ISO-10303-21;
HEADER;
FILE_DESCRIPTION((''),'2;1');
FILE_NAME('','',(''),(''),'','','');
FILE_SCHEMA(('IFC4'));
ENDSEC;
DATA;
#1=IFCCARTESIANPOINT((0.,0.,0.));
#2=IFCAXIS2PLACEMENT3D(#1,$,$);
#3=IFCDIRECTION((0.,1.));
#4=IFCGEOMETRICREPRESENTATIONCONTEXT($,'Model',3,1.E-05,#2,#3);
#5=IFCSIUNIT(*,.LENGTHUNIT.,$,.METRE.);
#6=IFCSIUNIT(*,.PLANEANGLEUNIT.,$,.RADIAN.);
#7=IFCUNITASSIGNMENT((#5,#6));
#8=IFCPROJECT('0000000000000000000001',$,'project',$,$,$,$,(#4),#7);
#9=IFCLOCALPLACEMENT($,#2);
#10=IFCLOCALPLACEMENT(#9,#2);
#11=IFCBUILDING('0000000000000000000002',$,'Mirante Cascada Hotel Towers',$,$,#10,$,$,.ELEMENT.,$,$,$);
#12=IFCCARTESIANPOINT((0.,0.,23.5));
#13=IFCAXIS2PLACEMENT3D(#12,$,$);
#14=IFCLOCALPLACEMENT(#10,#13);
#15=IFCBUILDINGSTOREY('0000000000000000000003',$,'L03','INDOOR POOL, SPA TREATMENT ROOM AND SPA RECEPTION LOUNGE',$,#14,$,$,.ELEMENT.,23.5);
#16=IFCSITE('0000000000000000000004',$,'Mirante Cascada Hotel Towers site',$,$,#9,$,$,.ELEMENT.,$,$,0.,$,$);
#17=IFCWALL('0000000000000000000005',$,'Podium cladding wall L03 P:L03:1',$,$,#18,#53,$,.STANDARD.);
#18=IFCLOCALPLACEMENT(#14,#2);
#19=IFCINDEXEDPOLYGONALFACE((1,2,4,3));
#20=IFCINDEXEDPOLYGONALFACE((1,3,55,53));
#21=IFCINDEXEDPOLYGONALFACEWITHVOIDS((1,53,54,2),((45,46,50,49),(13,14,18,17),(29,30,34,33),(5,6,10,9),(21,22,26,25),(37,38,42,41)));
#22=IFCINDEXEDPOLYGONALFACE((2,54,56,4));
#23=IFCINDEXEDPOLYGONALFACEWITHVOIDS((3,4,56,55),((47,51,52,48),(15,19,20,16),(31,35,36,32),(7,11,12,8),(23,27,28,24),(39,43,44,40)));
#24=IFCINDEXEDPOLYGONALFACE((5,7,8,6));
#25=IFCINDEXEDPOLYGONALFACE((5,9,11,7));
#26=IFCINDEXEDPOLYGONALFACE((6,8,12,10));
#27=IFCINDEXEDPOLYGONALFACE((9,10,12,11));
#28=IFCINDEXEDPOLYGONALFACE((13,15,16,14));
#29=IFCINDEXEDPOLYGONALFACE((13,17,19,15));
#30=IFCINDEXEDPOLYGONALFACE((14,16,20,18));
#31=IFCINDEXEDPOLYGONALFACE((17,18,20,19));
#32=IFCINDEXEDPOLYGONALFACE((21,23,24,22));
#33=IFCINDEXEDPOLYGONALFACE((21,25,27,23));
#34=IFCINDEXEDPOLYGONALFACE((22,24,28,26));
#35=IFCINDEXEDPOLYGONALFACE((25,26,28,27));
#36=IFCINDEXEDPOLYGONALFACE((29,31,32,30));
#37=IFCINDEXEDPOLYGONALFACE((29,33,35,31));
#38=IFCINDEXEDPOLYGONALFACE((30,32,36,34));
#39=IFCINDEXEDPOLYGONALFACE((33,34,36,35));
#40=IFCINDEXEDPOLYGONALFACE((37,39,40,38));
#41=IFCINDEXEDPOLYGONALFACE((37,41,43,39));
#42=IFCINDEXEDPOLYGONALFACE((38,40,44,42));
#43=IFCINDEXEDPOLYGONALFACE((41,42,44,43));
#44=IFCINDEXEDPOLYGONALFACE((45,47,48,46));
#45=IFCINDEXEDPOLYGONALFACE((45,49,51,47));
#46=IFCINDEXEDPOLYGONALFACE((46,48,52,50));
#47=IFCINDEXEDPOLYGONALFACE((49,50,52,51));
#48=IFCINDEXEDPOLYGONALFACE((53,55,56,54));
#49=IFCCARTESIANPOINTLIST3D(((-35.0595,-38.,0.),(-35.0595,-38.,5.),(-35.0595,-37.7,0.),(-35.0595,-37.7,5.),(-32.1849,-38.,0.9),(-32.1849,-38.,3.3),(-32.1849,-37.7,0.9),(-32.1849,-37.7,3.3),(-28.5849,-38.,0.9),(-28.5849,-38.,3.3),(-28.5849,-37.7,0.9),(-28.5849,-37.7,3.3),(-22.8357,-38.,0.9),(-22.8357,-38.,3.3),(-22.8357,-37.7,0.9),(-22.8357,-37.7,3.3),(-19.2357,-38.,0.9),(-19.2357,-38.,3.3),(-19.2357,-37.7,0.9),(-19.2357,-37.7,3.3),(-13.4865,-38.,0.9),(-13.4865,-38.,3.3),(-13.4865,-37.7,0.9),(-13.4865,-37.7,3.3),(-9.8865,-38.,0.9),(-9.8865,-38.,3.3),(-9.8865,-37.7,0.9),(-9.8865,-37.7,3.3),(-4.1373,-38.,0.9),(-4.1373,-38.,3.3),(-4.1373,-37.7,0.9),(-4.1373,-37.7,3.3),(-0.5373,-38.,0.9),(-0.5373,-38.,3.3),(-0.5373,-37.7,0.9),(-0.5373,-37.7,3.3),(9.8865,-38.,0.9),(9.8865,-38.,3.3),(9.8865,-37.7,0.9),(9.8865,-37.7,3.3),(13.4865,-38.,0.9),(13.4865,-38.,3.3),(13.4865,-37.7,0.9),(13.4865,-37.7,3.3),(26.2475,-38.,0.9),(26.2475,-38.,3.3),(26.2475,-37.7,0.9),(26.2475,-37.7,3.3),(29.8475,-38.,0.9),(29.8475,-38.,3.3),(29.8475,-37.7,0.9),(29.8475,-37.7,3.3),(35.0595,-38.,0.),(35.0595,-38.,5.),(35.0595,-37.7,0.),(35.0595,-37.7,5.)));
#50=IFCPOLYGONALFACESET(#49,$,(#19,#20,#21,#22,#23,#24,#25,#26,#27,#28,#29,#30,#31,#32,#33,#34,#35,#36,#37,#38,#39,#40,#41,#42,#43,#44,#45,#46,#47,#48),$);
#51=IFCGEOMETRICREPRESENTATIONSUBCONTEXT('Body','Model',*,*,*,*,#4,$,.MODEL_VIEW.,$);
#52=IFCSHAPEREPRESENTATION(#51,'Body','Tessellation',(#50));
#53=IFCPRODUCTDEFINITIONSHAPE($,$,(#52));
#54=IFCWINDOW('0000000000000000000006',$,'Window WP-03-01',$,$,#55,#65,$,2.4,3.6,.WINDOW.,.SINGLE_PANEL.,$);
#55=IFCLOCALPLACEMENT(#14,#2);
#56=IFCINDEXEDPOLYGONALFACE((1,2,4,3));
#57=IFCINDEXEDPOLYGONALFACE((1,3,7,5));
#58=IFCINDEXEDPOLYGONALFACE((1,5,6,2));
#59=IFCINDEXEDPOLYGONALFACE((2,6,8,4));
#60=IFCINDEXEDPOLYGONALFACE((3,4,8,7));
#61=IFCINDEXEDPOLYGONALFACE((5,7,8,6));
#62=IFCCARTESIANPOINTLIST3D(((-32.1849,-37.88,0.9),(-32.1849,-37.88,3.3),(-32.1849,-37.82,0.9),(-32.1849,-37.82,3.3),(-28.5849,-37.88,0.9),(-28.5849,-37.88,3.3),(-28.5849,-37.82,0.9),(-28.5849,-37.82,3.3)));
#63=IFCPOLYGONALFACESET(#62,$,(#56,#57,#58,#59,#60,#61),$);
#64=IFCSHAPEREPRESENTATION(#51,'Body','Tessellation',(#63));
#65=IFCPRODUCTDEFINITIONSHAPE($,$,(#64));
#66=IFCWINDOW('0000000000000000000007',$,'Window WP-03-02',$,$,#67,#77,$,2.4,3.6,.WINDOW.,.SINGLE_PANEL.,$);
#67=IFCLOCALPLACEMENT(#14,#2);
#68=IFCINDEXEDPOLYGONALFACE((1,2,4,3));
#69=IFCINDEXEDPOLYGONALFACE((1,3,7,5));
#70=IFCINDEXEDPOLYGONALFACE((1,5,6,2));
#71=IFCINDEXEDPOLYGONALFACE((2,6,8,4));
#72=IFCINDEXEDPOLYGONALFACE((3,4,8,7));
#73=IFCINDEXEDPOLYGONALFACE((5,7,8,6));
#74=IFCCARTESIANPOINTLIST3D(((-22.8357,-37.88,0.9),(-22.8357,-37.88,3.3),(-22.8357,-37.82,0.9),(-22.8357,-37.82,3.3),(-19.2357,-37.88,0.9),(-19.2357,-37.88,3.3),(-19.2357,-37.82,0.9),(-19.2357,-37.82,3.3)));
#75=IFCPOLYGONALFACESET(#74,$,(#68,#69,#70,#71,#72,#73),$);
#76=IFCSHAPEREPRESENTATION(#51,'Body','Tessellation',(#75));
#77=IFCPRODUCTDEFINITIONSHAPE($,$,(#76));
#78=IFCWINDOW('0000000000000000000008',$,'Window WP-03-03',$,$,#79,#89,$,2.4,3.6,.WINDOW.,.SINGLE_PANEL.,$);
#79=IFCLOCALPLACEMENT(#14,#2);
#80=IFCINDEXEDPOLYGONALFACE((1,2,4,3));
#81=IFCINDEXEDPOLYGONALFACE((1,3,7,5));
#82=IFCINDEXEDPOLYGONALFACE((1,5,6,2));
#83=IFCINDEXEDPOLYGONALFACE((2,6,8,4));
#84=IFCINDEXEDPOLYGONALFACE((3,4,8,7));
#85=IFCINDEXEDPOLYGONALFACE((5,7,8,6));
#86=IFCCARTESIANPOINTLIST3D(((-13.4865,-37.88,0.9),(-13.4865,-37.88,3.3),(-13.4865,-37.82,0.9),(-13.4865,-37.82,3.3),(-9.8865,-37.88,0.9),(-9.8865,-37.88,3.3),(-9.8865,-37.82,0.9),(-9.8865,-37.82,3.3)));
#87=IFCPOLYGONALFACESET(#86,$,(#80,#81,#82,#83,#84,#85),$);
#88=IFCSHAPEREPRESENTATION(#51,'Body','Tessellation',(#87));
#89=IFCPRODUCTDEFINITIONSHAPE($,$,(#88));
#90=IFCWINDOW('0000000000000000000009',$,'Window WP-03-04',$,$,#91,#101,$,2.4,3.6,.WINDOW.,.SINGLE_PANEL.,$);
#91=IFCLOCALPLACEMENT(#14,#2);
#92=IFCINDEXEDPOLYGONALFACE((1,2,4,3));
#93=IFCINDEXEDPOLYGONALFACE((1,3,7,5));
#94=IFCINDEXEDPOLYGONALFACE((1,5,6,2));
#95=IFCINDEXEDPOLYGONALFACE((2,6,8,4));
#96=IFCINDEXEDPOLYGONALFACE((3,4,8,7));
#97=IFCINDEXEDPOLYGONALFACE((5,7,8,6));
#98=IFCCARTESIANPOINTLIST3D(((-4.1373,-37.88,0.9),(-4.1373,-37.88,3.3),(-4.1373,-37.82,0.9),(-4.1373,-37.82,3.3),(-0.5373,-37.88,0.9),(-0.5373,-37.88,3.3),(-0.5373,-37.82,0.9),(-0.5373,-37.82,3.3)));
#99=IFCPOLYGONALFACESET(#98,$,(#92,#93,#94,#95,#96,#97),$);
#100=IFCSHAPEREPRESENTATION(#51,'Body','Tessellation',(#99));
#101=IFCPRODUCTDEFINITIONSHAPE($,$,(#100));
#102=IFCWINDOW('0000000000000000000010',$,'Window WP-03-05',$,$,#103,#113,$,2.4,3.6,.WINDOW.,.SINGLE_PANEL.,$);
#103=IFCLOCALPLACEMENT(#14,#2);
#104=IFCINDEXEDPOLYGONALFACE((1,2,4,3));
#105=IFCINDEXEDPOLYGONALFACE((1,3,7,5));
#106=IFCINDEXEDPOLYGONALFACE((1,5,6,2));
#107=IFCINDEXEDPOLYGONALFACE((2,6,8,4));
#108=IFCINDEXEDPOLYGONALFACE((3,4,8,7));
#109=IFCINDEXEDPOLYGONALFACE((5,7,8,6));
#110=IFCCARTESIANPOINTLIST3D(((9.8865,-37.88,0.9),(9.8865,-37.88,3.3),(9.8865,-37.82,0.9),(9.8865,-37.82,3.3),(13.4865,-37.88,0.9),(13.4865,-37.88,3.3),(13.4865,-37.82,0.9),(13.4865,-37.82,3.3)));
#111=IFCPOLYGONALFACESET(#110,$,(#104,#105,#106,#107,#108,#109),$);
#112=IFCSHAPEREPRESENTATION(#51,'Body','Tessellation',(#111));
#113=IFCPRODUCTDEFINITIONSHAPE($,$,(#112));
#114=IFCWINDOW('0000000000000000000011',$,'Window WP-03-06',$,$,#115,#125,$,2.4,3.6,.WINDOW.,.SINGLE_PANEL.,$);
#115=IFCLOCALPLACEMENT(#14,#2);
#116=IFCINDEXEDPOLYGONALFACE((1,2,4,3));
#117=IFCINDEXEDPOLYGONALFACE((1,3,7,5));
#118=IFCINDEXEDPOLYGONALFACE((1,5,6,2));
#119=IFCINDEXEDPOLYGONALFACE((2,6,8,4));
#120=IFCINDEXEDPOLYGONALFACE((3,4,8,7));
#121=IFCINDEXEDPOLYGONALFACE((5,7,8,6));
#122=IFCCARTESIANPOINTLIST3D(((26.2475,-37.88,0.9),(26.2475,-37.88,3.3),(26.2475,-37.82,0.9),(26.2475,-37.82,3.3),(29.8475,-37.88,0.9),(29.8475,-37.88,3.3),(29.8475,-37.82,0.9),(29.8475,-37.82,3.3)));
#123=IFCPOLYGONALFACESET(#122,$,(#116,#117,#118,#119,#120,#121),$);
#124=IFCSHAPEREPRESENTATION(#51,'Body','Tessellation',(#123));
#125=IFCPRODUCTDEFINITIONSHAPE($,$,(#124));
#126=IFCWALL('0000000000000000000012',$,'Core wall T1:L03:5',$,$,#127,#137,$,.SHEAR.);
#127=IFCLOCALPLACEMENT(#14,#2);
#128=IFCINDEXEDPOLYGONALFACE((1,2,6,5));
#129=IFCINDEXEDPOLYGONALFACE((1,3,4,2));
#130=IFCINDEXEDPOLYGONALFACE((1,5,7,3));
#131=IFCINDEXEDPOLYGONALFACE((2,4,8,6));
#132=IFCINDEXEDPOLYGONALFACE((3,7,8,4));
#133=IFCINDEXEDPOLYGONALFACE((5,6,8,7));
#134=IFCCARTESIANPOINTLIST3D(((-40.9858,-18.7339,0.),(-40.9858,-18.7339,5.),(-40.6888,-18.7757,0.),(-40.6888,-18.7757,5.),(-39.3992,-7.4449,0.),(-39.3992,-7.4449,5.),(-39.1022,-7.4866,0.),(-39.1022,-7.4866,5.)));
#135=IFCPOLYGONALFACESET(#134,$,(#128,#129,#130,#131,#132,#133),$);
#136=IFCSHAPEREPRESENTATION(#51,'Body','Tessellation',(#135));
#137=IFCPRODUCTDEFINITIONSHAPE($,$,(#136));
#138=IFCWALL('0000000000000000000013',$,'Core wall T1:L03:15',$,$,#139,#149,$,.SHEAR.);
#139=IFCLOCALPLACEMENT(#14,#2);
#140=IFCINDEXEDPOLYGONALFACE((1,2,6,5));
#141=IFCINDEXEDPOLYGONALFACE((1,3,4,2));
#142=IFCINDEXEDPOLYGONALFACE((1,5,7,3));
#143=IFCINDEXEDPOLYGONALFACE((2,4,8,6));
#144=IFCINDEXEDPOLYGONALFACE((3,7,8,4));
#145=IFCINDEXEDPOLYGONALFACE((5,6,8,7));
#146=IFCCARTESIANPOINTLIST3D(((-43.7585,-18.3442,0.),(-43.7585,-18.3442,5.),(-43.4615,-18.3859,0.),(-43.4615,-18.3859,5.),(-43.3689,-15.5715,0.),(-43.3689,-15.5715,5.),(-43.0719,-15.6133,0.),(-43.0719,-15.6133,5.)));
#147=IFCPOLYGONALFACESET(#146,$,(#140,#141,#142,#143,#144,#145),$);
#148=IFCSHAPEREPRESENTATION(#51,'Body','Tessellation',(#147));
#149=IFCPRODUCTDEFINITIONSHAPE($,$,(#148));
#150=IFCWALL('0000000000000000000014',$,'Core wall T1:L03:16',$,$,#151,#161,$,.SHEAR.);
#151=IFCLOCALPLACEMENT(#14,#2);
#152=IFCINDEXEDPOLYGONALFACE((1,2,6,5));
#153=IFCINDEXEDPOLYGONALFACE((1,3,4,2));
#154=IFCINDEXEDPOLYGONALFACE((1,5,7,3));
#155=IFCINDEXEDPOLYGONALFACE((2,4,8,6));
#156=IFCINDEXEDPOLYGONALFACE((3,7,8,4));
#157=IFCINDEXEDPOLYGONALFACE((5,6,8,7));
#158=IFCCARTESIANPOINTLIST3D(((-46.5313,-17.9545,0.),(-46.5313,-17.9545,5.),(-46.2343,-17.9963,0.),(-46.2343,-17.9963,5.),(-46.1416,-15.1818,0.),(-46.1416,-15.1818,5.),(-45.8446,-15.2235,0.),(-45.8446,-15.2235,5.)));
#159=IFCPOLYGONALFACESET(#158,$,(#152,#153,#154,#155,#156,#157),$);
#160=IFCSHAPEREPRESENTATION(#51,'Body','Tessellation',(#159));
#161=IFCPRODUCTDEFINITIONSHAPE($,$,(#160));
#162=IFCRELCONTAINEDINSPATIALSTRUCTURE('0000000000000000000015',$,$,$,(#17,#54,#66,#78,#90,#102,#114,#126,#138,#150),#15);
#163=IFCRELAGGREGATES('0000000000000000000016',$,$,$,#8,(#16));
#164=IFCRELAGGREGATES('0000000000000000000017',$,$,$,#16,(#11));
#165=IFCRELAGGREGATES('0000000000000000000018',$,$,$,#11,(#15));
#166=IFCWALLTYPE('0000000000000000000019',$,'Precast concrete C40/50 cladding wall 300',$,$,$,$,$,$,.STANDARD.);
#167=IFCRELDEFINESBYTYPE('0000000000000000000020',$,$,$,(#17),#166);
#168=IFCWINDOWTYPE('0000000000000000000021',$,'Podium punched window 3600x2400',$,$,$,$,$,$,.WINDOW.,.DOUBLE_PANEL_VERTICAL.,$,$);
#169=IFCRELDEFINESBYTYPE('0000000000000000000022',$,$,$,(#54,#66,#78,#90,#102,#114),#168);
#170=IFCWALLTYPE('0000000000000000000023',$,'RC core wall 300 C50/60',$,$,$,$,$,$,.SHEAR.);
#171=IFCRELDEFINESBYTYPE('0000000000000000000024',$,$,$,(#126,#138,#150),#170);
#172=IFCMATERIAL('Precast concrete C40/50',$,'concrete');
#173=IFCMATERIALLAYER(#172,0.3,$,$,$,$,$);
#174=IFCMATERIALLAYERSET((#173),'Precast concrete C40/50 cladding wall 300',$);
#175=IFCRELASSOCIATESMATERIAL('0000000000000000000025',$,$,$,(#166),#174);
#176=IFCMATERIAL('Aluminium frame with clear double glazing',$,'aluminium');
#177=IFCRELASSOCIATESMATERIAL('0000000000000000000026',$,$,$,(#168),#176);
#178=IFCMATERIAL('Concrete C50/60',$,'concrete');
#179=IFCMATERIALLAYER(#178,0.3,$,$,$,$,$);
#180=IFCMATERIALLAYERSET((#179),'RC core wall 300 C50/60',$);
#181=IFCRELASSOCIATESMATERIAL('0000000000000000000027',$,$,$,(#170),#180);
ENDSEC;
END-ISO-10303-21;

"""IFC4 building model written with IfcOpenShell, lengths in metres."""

from ifc_helpers import new_model, si_unit, direction, frame, frame_2d, origin, place, context, subcontext, project, spatial, rectangle, extrude, material, layer, layer_set, type_object, element, fill, save


model = new_model("IFC4")

# Units and contexts
model_context = context("Model", 3, precision=1e-05, world=origin(), true_north=direction((0.0, 1.0)))
body_context = subcontext(model_context, "Body", "Model", "MODEL_VIEW")
ifc_project = project(units=[si_unit("LENGTHUNIT", "METRE"), si_unit("PLANEANGLEUNIT", "RADIAN")], contexts=[model_context])

# Site, building, storey
site_placement = place(None, origin())
site = spatial("IfcSite", under=ifc_project, at=site_placement, Name="Mirante Cascada Hotel Towers site", CompositionType="ELEMENT", RefElevation=0.0)
building_placement = place(site_placement, origin())
building = spatial("IfcBuilding", under=site, at=building_placement, Name="Mirante Cascada Hotel Towers", CompositionType="ELEMENT")
storey_placement = place(building_placement, frame((0.0, 0.0, 23.5)))
storey = spatial("IfcBuildingStorey", under=building, at=storey_placement, Name="L03", Description="INDOOR POOL, SPA TREATMENT ROOM AND SPA RECEPTION LOUNGE", CompositionType="ELEMENT", Elevation=23.5)

# Wall, openings, windows
ifc_material_1 = material(Name="Precast concrete C40/50", Category="concrete")
ifc_layer_1 = layer(ifc_material_1, 0.3)
ifc_layer_set_1 = layer_set([ifc_layer_1], Name="Precast concrete C40/50 cladding wall 300")
wall_type_1 = type_object("IfcWallType", Name="Precast concrete C40/50 cladding wall 300", PredefinedType="STANDARD", material=ifc_layer_set_1)
wall_1_placement = place(storey_placement, frame((-35.0595, -37.85, 0.0), z_axis=(0.0, 0.0, 1.0), x_axis=(1.0, 0.0, 0.0)))
wall_1 = element("IfcWall", 1, at=wall_1_placement, inside=storey, type_object=wall_type_1, Name="Podium cladding wall L03 P:L03:1", PredefinedType="STANDARD", context=body_context, shape_type="SweptSolid", body=[
    extrude(rectangle(XDim=70.119, YDim=0.3, at=frame_2d((35.0595, 0.0))), origin(), (0.0, 0.0, 1.0), 5.0),
])
opening_1_placement = place(wall_1_placement, frame((2.8746, 0.0, 0.9)))
opening_1 = element("IfcOpeningElement", 2, at=opening_1_placement, cuts=wall_1, PredefinedType="OPENING", context=body_context, shape_type="SweptSolid", body=[
    extrude(rectangle(XDim=3.6, YDim=2.4, at=frame_2d((1.8, 1.2))), frame((0.0, 0.15, 0.0), z_axis=(0.0, -1.0, 0.0), x_axis=(1.0, 0.0, 0.0)), (0.0, 0.0, 1.0), 0.3),
])
opening_2_placement = place(wall_1_placement, frame((12.2238, 0.0, 0.9)))
opening_2 = element("IfcOpeningElement", 3, at=opening_2_placement, cuts=wall_1, PredefinedType="OPENING", context=body_context, shape_type="SweptSolid", body=[
    extrude(rectangle(XDim=3.6, YDim=2.4, at=frame_2d((1.8, 1.2))), frame((0.0, 0.15, 0.0), z_axis=(0.0, -1.0, 0.0), x_axis=(1.0, 0.0, 0.0)), (0.0, 0.0, 1.0), 0.3),
])
opening_3_placement = place(wall_1_placement, frame((21.573, 0.0, 0.9)))
opening_3 = element("IfcOpeningElement", 4, at=opening_3_placement, cuts=wall_1, PredefinedType="OPENING", context=body_context, shape_type="SweptSolid", body=[
    extrude(rectangle(XDim=3.6, YDim=2.4, at=frame_2d((1.8, 1.2))), frame((0.0, 0.15, 0.0), z_axis=(0.0, -1.0, 0.0), x_axis=(1.0, 0.0, 0.0)), (0.0, 0.0, 1.0), 0.3),
])
opening_4_placement = place(wall_1_placement, frame((30.9222, 0.0, 0.9)))
opening_4 = element("IfcOpeningElement", 5, at=opening_4_placement, cuts=wall_1, PredefinedType="OPENING", context=body_context, shape_type="SweptSolid", body=[
    extrude(rectangle(XDim=3.6, YDim=2.4, at=frame_2d((1.8, 1.2))), frame((0.0, 0.15, 0.0), z_axis=(0.0, -1.0, 0.0), x_axis=(1.0, 0.0, 0.0)), (0.0, 0.0, 1.0), 0.3),
])
opening_5_placement = place(wall_1_placement, frame((44.946, 0.0, 0.9)))
opening_5 = element("IfcOpeningElement", 6, at=opening_5_placement, cuts=wall_1, PredefinedType="OPENING", context=body_context, shape_type="SweptSolid", body=[
    extrude(rectangle(XDim=3.6, YDim=2.4, at=frame_2d((1.8, 1.2))), frame((0.0, 0.15, 0.0), z_axis=(0.0, -1.0, 0.0), x_axis=(1.0, 0.0, 0.0)), (0.0, 0.0, 1.0), 0.3),
])
opening_6_placement = place(wall_1_placement, frame((61.307, 0.0, 0.9)))
opening_6 = element("IfcOpeningElement", 7, at=opening_6_placement, cuts=wall_1, PredefinedType="OPENING", context=body_context, shape_type="SweptSolid", body=[
    extrude(rectangle(XDim=3.6, YDim=2.4, at=frame_2d((1.8, 1.2))), frame((0.0, 0.15, 0.0), z_axis=(0.0, -1.0, 0.0), x_axis=(1.0, 0.0, 0.0)), (0.0, 0.0, 1.0), 0.3),
])
ifc_material_2 = material(Name="Aluminium frame with clear double glazing", Category="aluminium")
window_type = type_object("IfcWindowType", Name="Podium punched window 3600x2400", PartitioningType="DOUBLE_PANEL_VERTICAL", PredefinedType="WINDOW", material=ifc_material_2)
window_1_placement = place(opening_1_placement, origin())
window_1 = element("IfcWindow", 8, at=window_1_placement, inside=storey, type_object=window_type, Name="Window WP-03-01", OverallHeight=2.4, OverallWidth=3.6, PartitioningType="SINGLE_PANEL", PredefinedType="WINDOW", context=body_context, shape_type="SweptSolid", body=[
    extrude(rectangle(XDim=3.6, YDim=2.4, at=frame_2d((1.8, 1.2))), frame((0.0, 0.03, 0.0), z_axis=(0.0, -1.0, 0.0), x_axis=(1.0, 0.0, 0.0)), (0.0, 0.0, 1.0), 0.06),
])
fill(opening_1, window_1)
window_2_placement = place(opening_2_placement, origin())
window_2 = element("IfcWindow", 9, at=window_2_placement, inside=storey, type_object=window_type, Name="Window WP-03-02", OverallHeight=2.4, OverallWidth=3.6, PartitioningType="SINGLE_PANEL", PredefinedType="WINDOW", context=body_context, shape_type="SweptSolid", body=[
    extrude(rectangle(XDim=3.6, YDim=2.4, at=frame_2d((1.8, 1.2))), frame((0.0, 0.03, 0.0), z_axis=(0.0, -1.0, 0.0), x_axis=(1.0, 0.0, 0.0)), (0.0, 0.0, 1.0), 0.06),
])
fill(opening_2, window_2)
window_3_placement = place(opening_3_placement, origin())
window_3 = element("IfcWindow", 10, at=window_3_placement, inside=storey, type_object=window_type, Name="Window WP-03-03", OverallHeight=2.4, OverallWidth=3.6, PartitioningType="SINGLE_PANEL", PredefinedType="WINDOW", context=body_context, shape_type="SweptSolid", body=[
    extrude(rectangle(XDim=3.6, YDim=2.4, at=frame_2d((1.8, 1.2))), frame((0.0, 0.03, 0.0), z_axis=(0.0, -1.0, 0.0), x_axis=(1.0, 0.0, 0.0)), (0.0, 0.0, 1.0), 0.06),
])
fill(opening_3, window_3)
window_4_placement = place(opening_4_placement, origin())
window_4 = element("IfcWindow", 11, at=window_4_placement, inside=storey, type_object=window_type, Name="Window WP-03-04", OverallHeight=2.4, OverallWidth=3.6, PartitioningType="SINGLE_PANEL", PredefinedType="WINDOW", context=body_context, shape_type="SweptSolid", body=[
    extrude(rectangle(XDim=3.6, YDim=2.4, at=frame_2d((1.8, 1.2))), frame((0.0, 0.03, 0.0), z_axis=(0.0, -1.0, 0.0), x_axis=(1.0, 0.0, 0.0)), (0.0, 0.0, 1.0), 0.06),
])
fill(opening_4, window_4)
window_5_placement = place(opening_5_placement, origin())
window_5 = element("IfcWindow", 12, at=window_5_placement, inside=storey, type_object=window_type, Name="Window WP-03-05", OverallHeight=2.4, OverallWidth=3.6, PartitioningType="SINGLE_PANEL", PredefinedType="WINDOW", context=body_context, shape_type="SweptSolid", body=[
    extrude(rectangle(XDim=3.6, YDim=2.4, at=frame_2d((1.8, 1.2))), frame((0.0, 0.03, 0.0), z_axis=(0.0, -1.0, 0.0), x_axis=(1.0, 0.0, 0.0)), (0.0, 0.0, 1.0), 0.06),
])
fill(opening_5, window_5)
window_6_placement = place(opening_6_placement, origin())
window_6 = element("IfcWindow", 13, at=window_6_placement, inside=storey, type_object=window_type, Name="Window WP-03-06", OverallHeight=2.4, OverallWidth=3.6, PartitioningType="SINGLE_PANEL", PredefinedType="WINDOW", context=body_context, shape_type="SweptSolid", body=[
    extrude(rectangle(XDim=3.6, YDim=2.4, at=frame_2d((1.8, 1.2))), frame((0.0, 0.03, 0.0), z_axis=(0.0, -1.0, 0.0), x_axis=(1.0, 0.0, 0.0)), (0.0, 0.0, 1.0), 0.06),
])
fill(opening_6, window_6)

# Walls
ifc_material_3 = material(Name="Concrete C50/60", Category="concrete")
ifc_layer_2 = layer(ifc_material_3, 0.3)
ifc_layer_set_2 = layer_set([ifc_layer_2], Name="RC core wall 300 C50/60")
wall_type_2 = type_object("IfcWallType", Name="RC core wall 300 C50/60", PredefinedType="SHEAR", material=ifc_layer_set_2)
wall_2_placement = place(storey_placement, frame((-40.8373, -18.7548, 0.0), z_axis=(0.0, 0.0, 1.0), x_axis=(0.139175, 0.990268, 0.0)))
element("IfcWall", 14, at=wall_2_placement, inside=storey, type_object=wall_type_2, Name="Core wall T1:L03:5", PredefinedType="SHEAR", context=body_context, shape_type="SweptSolid", body=[
    extrude(rectangle(XDim=11.4, YDim=0.3, at=frame_2d((5.7, 0.0))), origin(), (0.0, 0.0, 1.0), 5.0),
])
wall_3_placement = place(storey_placement, frame((-43.61, -18.3651, 0.0), z_axis=(0.0, 0.0, 1.0), x_axis=(0.139146, 0.990272, 0.0)))
element("IfcWall", 15, at=wall_3_placement, inside=storey, type_object=wall_type_2, Name="Core wall T1:L03:15", PredefinedType="SHEAR", context=body_context, shape_type="SweptSolid", body=[
    extrude(rectangle(XDim=2.7999, YDim=0.3, at=frame_2d((1.4, 0.0))), origin(), (0.0, 0.0, 1.0), 5.0),
])
wall_4_placement = place(storey_placement, frame((-46.3828, -17.9754, 0.0), z_axis=(0.0, 0.0, 1.0), x_axis=(0.139181, 0.990267, 0.0)))
element("IfcWall", 16, at=wall_4_placement, inside=storey, type_object=wall_type_2, Name="Core wall T1:L03:16", PredefinedType="SHEAR", context=body_context, shape_type="SweptSolid", body=[
    extrude(rectangle(XDim=2.8, YDim=0.3, at=frame_2d((1.4, 0.0))), origin(), (0.0, 0.0, 1.0), 5.0),
])

save(model, "model.ifc")
